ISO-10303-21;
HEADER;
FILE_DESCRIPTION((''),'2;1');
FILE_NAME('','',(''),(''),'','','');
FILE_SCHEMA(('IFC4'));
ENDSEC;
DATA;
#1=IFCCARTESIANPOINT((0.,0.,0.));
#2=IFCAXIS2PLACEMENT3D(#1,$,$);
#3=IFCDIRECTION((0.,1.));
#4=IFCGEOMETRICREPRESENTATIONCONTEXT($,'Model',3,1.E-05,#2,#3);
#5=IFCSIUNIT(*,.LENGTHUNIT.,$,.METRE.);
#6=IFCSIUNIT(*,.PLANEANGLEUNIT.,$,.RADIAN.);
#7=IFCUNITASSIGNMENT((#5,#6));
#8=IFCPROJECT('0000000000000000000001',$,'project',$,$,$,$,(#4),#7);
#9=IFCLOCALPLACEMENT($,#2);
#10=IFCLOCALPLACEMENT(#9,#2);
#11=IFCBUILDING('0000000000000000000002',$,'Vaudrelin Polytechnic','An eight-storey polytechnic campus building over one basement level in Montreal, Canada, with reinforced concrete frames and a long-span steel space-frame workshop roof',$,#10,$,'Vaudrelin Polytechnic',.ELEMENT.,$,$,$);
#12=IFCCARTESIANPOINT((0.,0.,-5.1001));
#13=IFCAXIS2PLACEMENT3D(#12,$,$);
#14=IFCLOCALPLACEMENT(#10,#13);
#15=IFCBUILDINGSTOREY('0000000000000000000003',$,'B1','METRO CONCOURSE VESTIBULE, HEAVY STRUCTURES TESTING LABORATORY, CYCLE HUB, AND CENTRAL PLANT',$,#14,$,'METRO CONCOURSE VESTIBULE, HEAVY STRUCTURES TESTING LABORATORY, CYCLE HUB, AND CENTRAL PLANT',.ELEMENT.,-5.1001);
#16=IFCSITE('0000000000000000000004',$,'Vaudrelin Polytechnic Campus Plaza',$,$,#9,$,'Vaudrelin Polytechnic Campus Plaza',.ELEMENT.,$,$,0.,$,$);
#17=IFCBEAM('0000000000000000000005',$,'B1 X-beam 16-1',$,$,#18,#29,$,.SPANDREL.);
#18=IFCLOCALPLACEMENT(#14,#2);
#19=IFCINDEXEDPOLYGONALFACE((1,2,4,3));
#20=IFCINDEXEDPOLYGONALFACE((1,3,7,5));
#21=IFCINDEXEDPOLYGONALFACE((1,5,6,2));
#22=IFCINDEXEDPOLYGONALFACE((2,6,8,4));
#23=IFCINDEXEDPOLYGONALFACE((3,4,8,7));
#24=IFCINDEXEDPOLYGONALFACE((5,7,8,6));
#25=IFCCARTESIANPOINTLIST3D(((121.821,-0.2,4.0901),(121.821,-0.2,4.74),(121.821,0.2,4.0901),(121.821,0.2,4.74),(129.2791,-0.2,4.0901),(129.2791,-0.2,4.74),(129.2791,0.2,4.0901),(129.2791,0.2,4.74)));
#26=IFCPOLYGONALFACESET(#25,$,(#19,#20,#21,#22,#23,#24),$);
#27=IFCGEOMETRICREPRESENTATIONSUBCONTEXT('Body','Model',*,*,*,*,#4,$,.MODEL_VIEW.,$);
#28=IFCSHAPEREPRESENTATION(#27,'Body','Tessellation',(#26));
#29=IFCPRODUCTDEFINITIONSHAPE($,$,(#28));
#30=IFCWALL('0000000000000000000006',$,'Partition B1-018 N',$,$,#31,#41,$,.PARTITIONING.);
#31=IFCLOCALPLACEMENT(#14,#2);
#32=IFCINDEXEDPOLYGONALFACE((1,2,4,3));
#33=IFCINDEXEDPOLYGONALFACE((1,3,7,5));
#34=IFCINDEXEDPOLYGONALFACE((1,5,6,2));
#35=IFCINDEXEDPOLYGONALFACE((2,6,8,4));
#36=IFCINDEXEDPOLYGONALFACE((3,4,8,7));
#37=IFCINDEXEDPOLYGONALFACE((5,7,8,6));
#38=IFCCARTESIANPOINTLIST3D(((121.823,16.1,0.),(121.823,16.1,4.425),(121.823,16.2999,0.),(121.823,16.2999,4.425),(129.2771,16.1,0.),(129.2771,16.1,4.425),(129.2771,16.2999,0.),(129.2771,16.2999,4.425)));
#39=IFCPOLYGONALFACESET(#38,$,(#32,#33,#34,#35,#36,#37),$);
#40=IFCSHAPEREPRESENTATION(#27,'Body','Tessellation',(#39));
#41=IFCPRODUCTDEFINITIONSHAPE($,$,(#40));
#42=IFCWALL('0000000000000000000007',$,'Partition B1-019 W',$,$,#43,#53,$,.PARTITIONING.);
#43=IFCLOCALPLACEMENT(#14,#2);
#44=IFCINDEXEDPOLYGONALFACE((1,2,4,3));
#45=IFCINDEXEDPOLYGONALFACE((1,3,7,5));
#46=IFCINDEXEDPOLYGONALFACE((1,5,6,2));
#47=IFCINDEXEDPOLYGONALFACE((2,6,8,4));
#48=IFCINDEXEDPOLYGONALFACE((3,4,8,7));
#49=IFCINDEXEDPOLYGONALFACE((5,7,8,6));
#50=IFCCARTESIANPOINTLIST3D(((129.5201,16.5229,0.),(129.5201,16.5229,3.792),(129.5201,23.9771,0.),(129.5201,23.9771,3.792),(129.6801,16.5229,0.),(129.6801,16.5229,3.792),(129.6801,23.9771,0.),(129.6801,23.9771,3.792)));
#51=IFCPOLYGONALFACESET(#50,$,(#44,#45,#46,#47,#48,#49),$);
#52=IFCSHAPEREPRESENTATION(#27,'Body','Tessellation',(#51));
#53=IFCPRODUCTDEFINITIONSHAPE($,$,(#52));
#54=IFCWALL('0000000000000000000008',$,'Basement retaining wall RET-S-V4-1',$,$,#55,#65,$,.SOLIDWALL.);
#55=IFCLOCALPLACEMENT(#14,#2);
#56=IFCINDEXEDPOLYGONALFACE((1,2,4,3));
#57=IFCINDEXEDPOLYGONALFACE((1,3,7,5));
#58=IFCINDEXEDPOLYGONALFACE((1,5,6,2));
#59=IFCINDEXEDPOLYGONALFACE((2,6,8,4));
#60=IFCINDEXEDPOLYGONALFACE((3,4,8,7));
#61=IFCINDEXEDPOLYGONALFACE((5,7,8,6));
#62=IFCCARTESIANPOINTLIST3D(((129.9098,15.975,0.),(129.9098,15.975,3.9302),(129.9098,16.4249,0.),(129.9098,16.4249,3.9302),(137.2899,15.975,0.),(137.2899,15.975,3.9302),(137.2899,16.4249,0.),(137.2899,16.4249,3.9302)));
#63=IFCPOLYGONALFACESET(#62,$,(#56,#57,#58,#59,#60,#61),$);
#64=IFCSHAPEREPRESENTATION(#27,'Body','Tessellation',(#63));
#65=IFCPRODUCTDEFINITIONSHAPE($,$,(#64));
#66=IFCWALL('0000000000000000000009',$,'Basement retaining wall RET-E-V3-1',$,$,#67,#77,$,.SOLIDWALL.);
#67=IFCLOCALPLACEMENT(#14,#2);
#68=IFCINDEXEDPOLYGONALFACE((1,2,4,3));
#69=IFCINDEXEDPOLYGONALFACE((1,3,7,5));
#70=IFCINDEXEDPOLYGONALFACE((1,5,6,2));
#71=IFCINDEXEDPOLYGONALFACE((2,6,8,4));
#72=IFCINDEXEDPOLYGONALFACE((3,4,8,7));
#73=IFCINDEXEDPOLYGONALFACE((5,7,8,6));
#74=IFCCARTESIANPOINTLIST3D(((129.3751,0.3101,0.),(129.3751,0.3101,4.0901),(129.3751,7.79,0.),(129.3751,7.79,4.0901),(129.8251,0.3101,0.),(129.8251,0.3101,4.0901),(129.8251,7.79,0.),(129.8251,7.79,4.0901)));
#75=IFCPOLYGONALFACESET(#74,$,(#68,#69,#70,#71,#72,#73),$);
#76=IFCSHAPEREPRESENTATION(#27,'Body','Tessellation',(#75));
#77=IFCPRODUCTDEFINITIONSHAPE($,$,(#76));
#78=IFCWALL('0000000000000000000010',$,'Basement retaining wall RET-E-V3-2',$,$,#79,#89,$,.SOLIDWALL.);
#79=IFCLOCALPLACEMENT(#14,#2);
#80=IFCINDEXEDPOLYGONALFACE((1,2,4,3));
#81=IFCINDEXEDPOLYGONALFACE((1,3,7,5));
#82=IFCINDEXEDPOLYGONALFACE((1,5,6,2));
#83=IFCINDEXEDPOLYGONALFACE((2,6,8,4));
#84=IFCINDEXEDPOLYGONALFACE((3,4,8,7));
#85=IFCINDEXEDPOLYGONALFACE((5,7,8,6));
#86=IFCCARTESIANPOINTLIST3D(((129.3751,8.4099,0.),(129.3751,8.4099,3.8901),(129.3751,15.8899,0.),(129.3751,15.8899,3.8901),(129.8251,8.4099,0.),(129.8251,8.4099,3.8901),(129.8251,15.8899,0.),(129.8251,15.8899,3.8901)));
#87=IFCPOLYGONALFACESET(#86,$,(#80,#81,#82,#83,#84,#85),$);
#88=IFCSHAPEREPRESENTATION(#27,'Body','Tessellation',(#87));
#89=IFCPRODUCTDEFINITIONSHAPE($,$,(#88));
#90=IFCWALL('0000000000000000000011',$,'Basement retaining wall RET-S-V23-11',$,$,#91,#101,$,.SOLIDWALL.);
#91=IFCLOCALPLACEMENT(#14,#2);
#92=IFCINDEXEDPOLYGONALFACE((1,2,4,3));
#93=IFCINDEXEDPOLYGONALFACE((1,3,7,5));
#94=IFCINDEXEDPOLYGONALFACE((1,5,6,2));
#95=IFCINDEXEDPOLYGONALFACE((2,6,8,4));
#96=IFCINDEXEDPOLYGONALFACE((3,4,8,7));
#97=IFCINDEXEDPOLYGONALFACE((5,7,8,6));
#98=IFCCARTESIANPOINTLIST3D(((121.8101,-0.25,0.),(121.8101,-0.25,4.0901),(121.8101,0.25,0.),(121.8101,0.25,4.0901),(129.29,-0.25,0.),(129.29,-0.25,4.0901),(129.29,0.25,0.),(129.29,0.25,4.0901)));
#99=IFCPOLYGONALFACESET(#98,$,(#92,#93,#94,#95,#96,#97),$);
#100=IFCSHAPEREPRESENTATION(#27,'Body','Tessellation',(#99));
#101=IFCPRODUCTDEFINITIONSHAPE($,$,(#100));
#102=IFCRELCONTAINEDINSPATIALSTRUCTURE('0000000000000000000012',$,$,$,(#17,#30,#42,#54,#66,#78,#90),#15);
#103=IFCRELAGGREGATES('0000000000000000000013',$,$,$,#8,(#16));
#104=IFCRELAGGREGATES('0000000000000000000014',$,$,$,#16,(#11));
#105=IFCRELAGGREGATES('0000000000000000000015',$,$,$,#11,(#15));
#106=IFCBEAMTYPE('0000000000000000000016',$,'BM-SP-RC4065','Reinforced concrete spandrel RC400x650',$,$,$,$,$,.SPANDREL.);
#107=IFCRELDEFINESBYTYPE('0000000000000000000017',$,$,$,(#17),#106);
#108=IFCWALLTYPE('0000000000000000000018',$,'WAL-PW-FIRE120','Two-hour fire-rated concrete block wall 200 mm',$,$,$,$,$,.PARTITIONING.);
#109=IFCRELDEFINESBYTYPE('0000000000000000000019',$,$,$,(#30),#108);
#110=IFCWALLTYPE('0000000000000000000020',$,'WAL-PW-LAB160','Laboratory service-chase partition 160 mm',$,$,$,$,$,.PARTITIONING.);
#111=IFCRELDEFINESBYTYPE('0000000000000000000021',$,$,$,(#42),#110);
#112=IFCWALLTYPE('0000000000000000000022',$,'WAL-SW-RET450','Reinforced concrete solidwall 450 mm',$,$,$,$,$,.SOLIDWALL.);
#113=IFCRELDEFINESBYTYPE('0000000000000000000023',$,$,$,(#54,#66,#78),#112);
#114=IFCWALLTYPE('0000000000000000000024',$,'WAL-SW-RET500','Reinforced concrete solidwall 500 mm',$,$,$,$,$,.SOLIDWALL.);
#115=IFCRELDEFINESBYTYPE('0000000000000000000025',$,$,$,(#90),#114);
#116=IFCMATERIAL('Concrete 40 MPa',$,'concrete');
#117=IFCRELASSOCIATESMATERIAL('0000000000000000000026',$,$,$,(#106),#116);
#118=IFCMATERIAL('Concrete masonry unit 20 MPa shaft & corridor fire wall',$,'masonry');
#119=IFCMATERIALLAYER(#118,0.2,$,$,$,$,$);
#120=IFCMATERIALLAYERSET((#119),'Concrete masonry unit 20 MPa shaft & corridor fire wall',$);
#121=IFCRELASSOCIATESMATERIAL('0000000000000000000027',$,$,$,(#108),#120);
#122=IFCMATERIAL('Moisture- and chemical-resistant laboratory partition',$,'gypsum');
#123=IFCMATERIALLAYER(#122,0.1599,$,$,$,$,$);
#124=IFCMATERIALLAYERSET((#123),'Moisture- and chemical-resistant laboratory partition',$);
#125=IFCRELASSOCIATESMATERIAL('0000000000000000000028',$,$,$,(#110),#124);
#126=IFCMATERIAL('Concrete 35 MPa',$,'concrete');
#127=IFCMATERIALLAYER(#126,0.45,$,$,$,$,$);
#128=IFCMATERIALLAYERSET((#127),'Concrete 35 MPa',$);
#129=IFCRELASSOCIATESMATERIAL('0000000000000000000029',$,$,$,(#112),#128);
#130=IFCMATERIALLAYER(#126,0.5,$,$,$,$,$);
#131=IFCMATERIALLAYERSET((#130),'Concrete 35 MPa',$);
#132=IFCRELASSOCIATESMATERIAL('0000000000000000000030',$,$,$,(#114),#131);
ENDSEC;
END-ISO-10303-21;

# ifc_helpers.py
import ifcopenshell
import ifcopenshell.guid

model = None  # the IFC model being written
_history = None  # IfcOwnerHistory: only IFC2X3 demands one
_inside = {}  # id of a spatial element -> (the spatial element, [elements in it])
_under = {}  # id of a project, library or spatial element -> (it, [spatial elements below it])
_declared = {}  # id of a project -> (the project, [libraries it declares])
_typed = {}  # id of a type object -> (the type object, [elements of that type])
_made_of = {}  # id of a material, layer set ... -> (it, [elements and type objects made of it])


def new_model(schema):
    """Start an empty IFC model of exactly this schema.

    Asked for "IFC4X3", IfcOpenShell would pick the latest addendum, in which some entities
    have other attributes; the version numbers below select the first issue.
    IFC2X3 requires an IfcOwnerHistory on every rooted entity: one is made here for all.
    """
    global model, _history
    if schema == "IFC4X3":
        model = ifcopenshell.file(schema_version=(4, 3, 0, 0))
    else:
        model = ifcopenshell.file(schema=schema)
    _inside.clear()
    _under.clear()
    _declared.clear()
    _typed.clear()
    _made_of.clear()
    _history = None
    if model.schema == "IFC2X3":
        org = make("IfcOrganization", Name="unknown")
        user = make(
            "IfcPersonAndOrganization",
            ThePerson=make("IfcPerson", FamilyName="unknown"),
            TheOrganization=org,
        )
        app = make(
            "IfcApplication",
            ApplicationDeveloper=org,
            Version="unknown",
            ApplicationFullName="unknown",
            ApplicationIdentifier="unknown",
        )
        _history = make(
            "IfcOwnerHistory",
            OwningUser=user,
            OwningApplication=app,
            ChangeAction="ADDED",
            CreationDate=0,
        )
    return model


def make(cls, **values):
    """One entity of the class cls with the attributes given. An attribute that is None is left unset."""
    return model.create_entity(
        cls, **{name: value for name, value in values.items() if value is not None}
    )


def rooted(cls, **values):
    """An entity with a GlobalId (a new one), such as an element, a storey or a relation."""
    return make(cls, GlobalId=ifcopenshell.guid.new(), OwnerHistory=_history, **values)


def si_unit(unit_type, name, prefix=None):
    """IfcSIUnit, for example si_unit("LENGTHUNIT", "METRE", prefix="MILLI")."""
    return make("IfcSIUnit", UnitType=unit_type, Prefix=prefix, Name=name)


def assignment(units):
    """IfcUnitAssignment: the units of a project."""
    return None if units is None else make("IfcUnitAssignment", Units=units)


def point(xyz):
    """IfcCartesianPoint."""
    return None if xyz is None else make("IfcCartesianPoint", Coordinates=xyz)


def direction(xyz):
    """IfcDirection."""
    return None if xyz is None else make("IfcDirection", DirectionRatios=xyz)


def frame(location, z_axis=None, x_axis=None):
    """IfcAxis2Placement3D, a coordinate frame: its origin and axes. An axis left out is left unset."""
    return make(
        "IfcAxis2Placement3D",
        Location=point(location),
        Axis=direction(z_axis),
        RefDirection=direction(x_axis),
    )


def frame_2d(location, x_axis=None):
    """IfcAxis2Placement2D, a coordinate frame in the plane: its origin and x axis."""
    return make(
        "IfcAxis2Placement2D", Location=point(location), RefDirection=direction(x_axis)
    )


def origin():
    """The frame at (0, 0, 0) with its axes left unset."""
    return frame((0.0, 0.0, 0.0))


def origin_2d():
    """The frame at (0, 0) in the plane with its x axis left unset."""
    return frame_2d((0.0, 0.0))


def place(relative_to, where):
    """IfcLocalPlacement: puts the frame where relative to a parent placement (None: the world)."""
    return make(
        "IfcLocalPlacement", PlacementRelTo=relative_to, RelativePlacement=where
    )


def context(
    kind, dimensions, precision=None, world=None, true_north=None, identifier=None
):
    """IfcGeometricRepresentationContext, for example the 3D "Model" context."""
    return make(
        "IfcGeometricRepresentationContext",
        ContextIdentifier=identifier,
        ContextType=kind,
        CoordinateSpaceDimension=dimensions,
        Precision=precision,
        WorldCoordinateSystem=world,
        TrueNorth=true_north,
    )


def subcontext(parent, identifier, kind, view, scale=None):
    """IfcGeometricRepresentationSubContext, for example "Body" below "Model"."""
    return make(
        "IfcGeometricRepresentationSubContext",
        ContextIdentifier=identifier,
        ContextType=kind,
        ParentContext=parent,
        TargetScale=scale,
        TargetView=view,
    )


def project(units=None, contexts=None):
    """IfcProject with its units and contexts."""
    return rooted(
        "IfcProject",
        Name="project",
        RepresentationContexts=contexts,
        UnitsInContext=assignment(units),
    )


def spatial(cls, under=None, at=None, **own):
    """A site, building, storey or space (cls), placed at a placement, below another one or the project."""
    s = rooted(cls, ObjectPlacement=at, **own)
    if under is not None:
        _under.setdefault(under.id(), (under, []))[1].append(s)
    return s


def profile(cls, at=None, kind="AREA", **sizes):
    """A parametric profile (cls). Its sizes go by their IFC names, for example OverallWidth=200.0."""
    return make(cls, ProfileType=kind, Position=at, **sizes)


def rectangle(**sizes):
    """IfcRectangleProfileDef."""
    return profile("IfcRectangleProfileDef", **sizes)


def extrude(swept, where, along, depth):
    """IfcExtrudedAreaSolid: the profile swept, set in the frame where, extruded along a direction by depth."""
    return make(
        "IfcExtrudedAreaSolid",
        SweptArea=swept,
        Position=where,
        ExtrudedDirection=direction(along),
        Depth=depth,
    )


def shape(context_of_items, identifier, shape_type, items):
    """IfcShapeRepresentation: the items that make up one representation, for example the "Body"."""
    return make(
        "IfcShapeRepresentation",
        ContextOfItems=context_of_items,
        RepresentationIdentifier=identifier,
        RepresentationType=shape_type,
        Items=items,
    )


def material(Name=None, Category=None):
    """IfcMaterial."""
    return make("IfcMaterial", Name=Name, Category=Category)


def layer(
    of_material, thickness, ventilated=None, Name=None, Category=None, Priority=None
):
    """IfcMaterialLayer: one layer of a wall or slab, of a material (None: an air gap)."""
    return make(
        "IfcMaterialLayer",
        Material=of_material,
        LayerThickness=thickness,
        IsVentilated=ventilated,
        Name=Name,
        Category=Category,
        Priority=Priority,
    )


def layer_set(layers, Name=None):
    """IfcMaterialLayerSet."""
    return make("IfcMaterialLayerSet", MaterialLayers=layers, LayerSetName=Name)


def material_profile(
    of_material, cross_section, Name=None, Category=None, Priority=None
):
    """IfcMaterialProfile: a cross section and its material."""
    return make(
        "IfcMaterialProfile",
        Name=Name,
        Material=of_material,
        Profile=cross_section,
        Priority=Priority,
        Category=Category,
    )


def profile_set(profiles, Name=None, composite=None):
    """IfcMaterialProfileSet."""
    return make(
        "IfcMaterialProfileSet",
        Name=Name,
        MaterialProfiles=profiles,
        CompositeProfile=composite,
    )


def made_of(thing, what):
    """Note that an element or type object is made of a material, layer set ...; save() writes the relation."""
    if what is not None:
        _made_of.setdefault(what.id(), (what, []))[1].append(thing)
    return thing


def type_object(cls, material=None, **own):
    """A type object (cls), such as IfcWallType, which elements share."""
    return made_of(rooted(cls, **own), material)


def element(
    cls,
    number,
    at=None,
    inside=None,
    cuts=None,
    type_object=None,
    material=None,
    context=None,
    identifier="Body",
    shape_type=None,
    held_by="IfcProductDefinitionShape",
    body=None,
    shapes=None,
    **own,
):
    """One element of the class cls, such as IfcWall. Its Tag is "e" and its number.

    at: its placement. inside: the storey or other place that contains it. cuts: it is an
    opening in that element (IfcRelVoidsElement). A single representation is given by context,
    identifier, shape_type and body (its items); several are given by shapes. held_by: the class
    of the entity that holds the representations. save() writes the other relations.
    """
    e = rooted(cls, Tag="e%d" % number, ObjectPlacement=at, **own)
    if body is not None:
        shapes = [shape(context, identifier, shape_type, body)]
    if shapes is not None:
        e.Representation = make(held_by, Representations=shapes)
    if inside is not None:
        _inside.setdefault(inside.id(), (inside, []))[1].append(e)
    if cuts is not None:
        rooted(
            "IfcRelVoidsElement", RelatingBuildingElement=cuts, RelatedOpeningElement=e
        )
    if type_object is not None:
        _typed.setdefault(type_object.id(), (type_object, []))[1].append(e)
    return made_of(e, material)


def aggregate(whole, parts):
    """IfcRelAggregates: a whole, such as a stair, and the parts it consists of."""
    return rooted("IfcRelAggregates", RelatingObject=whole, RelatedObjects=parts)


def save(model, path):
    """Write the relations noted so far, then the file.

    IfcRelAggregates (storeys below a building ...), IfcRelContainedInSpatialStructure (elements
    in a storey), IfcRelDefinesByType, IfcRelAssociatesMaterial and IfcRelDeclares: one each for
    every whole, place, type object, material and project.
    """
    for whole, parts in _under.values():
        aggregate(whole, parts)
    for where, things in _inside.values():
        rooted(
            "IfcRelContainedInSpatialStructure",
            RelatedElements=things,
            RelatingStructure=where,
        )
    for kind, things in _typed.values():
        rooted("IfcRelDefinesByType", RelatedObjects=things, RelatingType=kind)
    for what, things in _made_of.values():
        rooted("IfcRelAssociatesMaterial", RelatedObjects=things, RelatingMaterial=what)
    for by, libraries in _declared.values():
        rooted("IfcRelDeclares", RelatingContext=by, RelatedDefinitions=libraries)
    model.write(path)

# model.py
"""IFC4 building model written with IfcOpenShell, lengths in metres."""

from ifc_helpers import new_model, si_unit, direction, frame, frame_2d, origin, origin_2d, place, context, subcontext, project, spatial, rectangle, extrude, material, layer, layer_set, material_profile, profile_set, type_object, element, save


model = new_model("IFC4")

# Units and contexts
model_context = context("Model", 3, precision=1e-05, world=origin(), true_north=direction((0.0, 1.0)))
body_context = subcontext(model_context, "Body", "Model", "MODEL_VIEW")
ifc_project = project(units=[si_unit("LENGTHUNIT", "METRE"), si_unit("PLANEANGLEUNIT", "RADIAN")], contexts=[model_context])

# Site, building, storey
site_placement = place(None, origin())
site = spatial("IfcSite", under=ifc_project, at=site_placement, Name="Vaudrelin Polytechnic Campus Plaza", LongName="Vaudrelin Polytechnic Campus Plaza", CompositionType="ELEMENT", RefElevation=0.0)
building_placement = place(site_placement, origin())
building = spatial("IfcBuilding", under=site, at=building_placement, Name="Vaudrelin Polytechnic", Description="An eight-storey polytechnic campus building over one basement level in Montreal, Canada, with reinforced concrete frames and a long-span steel space-frame workshop roof", LongName="Vaudrelin Polytechnic", CompositionType="ELEMENT")
storey_placement = place(building_placement, frame((0.0, 0.0, -5.1001)))
storey = spatial("IfcBuildingStorey", under=building, at=storey_placement, Name="B1", Description="METRO CONCOURSE VESTIBULE, HEAVY STRUCTURES TESTING LABORATORY, CYCLE HUB, AND CENTRAL PLANT", LongName="METRO CONCOURSE VESTIBULE, HEAVY STRUCTURES TESTING LABORATORY, CYCLE HUB, AND CENTRAL PLANT", CompositionType="ELEMENT", Elevation=-5.1001)

# Shared definitions
ifc_material_1 = material(Name="Concrete 40 MPa", Category="concrete")

# Beam
ifc_material_profile_1 = material_profile(ifc_material_1, rectangle(XDim=0.3999, YDim=0.6499, at=origin_2d()), Name="RC400x650")
ifc_profile_set_1 = profile_set([ifc_material_profile_1], Name="Concrete 40 MPa")
beam_type_1 = type_object("IfcBeamType", Name="BM-SP-RC4065", Description="Reinforced concrete spandrel RC400x650", PredefinedType="SPANDREL", material=ifc_profile_set_1)
beam_1_placement = place(storey_placement, frame((121.821, 0.0, 4.415), z_axis=(1.0, 0.0, 0.0), x_axis=(0.0, 1.0, 0.0)))
element("IfcBeam", 1, at=beam_1_placement, inside=storey, type_object=beam_type_1, Name="B1 X-beam 16-1", PredefinedType="SPANDREL", context=body_context, shape_type="SweptSolid", body=[
    extrude(rectangle(XDim=0.3999, YDim=0.6499, at=origin_2d()), origin(), (0.0, 0.0, 1.0), 7.458),
])

# Walls
ifc_material_2 = material(Name="Concrete masonry unit 20 MPa shaft & corridor fire wall", Category="masonry")
ifc_layer_1 = layer(ifc_material_2, 0.2)
ifc_layer_set_1 = layer_set([ifc_layer_1], Name="Concrete masonry unit 20 MPa shaft & corridor fire wall")
wall_type_1 = type_object("IfcWallType", Name="WAL-PW-FIRE120", Description="Two-hour fire-rated concrete block wall 200 mm", PredefinedType="PARTITIONING", material=ifc_layer_set_1)
wall_1_placement = place(storey_placement, frame((121.823, 16.2, 0.0), z_axis=(0.0, 0.0, 1.0), x_axis=(1.0, 0.0, 0.0)))
element("IfcWall", 2, at=wall_1_placement, inside=storey, type_object=wall_type_1, Name="Partition B1-018 N", PredefinedType="PARTITIONING", context=body_context, shape_type="SweptSolid", body=[
    extrude(rectangle(XDim=7.4541, YDim=0.2, at=frame_2d((3.7271, 0.0))), origin(), (0.0, 0.0, 1.0), 4.425),
])
ifc_material_3 = material(Name="Moisture- and chemical-resistant laboratory partition", Category="gypsum")
ifc_layer_2 = layer(ifc_material_3, 0.1599)
ifc_layer_set_2 = layer_set([ifc_layer_2], Name="Moisture- and chemical-resistant laboratory partition")
wall_type_2 = type_object("IfcWallType", Name="WAL-PW-LAB160", Description="Laboratory service-chase partition 160 mm", PredefinedType="PARTITIONING", material=ifc_layer_set_2)
wall_2_placement = place(storey_placement, frame((129.6001, 16.5229, 0.0), z_axis=(0.0, 0.0, 1.0), x_axis=(0.0, 1.0, 0.0)))
element("IfcWall", 3, at=wall_2_placement, inside=storey, type_object=wall_type_2, Name="Partition B1-019 W", PredefinedType="PARTITIONING", context=body_context, shape_type="SweptSolid", body=[
    extrude(rectangle(XDim=7.4541, YDim=0.1599, at=frame_2d((3.7271, 0.0))), origin(), (0.0, 0.0, 1.0), 3.792),
])
ifc_material_4 = material(Name="Concrete 35 MPa", Category="concrete")
ifc_layer_3 = layer(ifc_material_4, 0.45)
ifc_layer_set_3 = layer_set([ifc_layer_3], Name="Concrete 35 MPa")
wall_type_3 = type_object("IfcWallType", Name="WAL-SW-RET450", Description="Reinforced concrete solidwall 450 mm", PredefinedType="SOLIDWALL", material=ifc_layer_set_3)
wall_3_placement = place(storey_placement, frame((129.9099, 16.2, 0.0), z_axis=(0.0, 0.0, 1.0), x_axis=(1.0, 0.0, 0.0)))
element("IfcWall", 4, at=wall_3_placement, inside=storey, type_object=wall_type_3, Name="Basement retaining wall RET-S-V4-1", PredefinedType="SOLIDWALL", context=body_context, shape_type="SweptSolid", body=[
    extrude(rectangle(XDim=7.3801, YDim=0.45, at=frame_2d((3.6899, 0.0))), origin(), (0.0, 0.0, 1.0), 3.9302),
])
wall_4_placement = place(storey_placement, frame((129.6001, 0.3101, 0.0), z_axis=(0.0, 0.0, 1.0), x_axis=(0.0, 1.0, 0.0)))
element("IfcWall", 5, at=wall_4_placement, inside=storey, type_object=wall_type_3, Name="Basement retaining wall RET-E-V3-1", PredefinedType="SOLIDWALL", context=body_context, shape_type="SweptSolid", body=[
    extrude(rectangle(XDim=7.48, YDim=0.45, at=frame_2d((3.74, 0.0))), origin(), (0.0, 0.0, 1.0), 4.0901),
])
wall_5_placement = place(storey_placement, frame((129.6001, 8.4099, 0.0), z_axis=(0.0, 0.0, 1.0), x_axis=(0.0, 1.0, 0.0)))
element("IfcWall", 6, at=wall_5_placement, inside=storey, type_object=wall_type_3, Name="Basement retaining wall RET-E-V3-2", PredefinedType="SOLIDWALL", context=body_context, shape_type="SweptSolid", body=[
    extrude(rectangle(XDim=7.48, YDim=0.45, at=frame_2d((3.74, 0.0))), origin(), (0.0, 0.0, 1.0), 3.8901),
])
ifc_layer_4 = layer(ifc_material_4, 0.5)
ifc_layer_set_4 = layer_set([ifc_layer_4], Name="Concrete 35 MPa")
wall_type_4 = type_object("IfcWallType", Name="WAL-SW-RET500", Description="Reinforced concrete solidwall 500 mm", PredefinedType="SOLIDWALL", material=ifc_layer_set_4)
wall_6_placement = place(storey_placement, frame((121.8101, 0.0, 0.0), z_axis=(0.0, 0.0, 1.0), x_axis=(1.0, 0.0, 0.0)))
element("IfcWall", 7, at=wall_6_placement, inside=storey, type_object=wall_type_4, Name="Basement retaining wall RET-S-V23-11", PredefinedType="SOLIDWALL", context=body_context, shape_type="SweptSolid", body=[
    extrude(rectangle(XDim=7.48, YDim=0.5, at=frame_2d((3.74, 0.0))), origin(), (0.0, 0.0, 1.0), 4.0901),
])

save(model, "model.ifc")
